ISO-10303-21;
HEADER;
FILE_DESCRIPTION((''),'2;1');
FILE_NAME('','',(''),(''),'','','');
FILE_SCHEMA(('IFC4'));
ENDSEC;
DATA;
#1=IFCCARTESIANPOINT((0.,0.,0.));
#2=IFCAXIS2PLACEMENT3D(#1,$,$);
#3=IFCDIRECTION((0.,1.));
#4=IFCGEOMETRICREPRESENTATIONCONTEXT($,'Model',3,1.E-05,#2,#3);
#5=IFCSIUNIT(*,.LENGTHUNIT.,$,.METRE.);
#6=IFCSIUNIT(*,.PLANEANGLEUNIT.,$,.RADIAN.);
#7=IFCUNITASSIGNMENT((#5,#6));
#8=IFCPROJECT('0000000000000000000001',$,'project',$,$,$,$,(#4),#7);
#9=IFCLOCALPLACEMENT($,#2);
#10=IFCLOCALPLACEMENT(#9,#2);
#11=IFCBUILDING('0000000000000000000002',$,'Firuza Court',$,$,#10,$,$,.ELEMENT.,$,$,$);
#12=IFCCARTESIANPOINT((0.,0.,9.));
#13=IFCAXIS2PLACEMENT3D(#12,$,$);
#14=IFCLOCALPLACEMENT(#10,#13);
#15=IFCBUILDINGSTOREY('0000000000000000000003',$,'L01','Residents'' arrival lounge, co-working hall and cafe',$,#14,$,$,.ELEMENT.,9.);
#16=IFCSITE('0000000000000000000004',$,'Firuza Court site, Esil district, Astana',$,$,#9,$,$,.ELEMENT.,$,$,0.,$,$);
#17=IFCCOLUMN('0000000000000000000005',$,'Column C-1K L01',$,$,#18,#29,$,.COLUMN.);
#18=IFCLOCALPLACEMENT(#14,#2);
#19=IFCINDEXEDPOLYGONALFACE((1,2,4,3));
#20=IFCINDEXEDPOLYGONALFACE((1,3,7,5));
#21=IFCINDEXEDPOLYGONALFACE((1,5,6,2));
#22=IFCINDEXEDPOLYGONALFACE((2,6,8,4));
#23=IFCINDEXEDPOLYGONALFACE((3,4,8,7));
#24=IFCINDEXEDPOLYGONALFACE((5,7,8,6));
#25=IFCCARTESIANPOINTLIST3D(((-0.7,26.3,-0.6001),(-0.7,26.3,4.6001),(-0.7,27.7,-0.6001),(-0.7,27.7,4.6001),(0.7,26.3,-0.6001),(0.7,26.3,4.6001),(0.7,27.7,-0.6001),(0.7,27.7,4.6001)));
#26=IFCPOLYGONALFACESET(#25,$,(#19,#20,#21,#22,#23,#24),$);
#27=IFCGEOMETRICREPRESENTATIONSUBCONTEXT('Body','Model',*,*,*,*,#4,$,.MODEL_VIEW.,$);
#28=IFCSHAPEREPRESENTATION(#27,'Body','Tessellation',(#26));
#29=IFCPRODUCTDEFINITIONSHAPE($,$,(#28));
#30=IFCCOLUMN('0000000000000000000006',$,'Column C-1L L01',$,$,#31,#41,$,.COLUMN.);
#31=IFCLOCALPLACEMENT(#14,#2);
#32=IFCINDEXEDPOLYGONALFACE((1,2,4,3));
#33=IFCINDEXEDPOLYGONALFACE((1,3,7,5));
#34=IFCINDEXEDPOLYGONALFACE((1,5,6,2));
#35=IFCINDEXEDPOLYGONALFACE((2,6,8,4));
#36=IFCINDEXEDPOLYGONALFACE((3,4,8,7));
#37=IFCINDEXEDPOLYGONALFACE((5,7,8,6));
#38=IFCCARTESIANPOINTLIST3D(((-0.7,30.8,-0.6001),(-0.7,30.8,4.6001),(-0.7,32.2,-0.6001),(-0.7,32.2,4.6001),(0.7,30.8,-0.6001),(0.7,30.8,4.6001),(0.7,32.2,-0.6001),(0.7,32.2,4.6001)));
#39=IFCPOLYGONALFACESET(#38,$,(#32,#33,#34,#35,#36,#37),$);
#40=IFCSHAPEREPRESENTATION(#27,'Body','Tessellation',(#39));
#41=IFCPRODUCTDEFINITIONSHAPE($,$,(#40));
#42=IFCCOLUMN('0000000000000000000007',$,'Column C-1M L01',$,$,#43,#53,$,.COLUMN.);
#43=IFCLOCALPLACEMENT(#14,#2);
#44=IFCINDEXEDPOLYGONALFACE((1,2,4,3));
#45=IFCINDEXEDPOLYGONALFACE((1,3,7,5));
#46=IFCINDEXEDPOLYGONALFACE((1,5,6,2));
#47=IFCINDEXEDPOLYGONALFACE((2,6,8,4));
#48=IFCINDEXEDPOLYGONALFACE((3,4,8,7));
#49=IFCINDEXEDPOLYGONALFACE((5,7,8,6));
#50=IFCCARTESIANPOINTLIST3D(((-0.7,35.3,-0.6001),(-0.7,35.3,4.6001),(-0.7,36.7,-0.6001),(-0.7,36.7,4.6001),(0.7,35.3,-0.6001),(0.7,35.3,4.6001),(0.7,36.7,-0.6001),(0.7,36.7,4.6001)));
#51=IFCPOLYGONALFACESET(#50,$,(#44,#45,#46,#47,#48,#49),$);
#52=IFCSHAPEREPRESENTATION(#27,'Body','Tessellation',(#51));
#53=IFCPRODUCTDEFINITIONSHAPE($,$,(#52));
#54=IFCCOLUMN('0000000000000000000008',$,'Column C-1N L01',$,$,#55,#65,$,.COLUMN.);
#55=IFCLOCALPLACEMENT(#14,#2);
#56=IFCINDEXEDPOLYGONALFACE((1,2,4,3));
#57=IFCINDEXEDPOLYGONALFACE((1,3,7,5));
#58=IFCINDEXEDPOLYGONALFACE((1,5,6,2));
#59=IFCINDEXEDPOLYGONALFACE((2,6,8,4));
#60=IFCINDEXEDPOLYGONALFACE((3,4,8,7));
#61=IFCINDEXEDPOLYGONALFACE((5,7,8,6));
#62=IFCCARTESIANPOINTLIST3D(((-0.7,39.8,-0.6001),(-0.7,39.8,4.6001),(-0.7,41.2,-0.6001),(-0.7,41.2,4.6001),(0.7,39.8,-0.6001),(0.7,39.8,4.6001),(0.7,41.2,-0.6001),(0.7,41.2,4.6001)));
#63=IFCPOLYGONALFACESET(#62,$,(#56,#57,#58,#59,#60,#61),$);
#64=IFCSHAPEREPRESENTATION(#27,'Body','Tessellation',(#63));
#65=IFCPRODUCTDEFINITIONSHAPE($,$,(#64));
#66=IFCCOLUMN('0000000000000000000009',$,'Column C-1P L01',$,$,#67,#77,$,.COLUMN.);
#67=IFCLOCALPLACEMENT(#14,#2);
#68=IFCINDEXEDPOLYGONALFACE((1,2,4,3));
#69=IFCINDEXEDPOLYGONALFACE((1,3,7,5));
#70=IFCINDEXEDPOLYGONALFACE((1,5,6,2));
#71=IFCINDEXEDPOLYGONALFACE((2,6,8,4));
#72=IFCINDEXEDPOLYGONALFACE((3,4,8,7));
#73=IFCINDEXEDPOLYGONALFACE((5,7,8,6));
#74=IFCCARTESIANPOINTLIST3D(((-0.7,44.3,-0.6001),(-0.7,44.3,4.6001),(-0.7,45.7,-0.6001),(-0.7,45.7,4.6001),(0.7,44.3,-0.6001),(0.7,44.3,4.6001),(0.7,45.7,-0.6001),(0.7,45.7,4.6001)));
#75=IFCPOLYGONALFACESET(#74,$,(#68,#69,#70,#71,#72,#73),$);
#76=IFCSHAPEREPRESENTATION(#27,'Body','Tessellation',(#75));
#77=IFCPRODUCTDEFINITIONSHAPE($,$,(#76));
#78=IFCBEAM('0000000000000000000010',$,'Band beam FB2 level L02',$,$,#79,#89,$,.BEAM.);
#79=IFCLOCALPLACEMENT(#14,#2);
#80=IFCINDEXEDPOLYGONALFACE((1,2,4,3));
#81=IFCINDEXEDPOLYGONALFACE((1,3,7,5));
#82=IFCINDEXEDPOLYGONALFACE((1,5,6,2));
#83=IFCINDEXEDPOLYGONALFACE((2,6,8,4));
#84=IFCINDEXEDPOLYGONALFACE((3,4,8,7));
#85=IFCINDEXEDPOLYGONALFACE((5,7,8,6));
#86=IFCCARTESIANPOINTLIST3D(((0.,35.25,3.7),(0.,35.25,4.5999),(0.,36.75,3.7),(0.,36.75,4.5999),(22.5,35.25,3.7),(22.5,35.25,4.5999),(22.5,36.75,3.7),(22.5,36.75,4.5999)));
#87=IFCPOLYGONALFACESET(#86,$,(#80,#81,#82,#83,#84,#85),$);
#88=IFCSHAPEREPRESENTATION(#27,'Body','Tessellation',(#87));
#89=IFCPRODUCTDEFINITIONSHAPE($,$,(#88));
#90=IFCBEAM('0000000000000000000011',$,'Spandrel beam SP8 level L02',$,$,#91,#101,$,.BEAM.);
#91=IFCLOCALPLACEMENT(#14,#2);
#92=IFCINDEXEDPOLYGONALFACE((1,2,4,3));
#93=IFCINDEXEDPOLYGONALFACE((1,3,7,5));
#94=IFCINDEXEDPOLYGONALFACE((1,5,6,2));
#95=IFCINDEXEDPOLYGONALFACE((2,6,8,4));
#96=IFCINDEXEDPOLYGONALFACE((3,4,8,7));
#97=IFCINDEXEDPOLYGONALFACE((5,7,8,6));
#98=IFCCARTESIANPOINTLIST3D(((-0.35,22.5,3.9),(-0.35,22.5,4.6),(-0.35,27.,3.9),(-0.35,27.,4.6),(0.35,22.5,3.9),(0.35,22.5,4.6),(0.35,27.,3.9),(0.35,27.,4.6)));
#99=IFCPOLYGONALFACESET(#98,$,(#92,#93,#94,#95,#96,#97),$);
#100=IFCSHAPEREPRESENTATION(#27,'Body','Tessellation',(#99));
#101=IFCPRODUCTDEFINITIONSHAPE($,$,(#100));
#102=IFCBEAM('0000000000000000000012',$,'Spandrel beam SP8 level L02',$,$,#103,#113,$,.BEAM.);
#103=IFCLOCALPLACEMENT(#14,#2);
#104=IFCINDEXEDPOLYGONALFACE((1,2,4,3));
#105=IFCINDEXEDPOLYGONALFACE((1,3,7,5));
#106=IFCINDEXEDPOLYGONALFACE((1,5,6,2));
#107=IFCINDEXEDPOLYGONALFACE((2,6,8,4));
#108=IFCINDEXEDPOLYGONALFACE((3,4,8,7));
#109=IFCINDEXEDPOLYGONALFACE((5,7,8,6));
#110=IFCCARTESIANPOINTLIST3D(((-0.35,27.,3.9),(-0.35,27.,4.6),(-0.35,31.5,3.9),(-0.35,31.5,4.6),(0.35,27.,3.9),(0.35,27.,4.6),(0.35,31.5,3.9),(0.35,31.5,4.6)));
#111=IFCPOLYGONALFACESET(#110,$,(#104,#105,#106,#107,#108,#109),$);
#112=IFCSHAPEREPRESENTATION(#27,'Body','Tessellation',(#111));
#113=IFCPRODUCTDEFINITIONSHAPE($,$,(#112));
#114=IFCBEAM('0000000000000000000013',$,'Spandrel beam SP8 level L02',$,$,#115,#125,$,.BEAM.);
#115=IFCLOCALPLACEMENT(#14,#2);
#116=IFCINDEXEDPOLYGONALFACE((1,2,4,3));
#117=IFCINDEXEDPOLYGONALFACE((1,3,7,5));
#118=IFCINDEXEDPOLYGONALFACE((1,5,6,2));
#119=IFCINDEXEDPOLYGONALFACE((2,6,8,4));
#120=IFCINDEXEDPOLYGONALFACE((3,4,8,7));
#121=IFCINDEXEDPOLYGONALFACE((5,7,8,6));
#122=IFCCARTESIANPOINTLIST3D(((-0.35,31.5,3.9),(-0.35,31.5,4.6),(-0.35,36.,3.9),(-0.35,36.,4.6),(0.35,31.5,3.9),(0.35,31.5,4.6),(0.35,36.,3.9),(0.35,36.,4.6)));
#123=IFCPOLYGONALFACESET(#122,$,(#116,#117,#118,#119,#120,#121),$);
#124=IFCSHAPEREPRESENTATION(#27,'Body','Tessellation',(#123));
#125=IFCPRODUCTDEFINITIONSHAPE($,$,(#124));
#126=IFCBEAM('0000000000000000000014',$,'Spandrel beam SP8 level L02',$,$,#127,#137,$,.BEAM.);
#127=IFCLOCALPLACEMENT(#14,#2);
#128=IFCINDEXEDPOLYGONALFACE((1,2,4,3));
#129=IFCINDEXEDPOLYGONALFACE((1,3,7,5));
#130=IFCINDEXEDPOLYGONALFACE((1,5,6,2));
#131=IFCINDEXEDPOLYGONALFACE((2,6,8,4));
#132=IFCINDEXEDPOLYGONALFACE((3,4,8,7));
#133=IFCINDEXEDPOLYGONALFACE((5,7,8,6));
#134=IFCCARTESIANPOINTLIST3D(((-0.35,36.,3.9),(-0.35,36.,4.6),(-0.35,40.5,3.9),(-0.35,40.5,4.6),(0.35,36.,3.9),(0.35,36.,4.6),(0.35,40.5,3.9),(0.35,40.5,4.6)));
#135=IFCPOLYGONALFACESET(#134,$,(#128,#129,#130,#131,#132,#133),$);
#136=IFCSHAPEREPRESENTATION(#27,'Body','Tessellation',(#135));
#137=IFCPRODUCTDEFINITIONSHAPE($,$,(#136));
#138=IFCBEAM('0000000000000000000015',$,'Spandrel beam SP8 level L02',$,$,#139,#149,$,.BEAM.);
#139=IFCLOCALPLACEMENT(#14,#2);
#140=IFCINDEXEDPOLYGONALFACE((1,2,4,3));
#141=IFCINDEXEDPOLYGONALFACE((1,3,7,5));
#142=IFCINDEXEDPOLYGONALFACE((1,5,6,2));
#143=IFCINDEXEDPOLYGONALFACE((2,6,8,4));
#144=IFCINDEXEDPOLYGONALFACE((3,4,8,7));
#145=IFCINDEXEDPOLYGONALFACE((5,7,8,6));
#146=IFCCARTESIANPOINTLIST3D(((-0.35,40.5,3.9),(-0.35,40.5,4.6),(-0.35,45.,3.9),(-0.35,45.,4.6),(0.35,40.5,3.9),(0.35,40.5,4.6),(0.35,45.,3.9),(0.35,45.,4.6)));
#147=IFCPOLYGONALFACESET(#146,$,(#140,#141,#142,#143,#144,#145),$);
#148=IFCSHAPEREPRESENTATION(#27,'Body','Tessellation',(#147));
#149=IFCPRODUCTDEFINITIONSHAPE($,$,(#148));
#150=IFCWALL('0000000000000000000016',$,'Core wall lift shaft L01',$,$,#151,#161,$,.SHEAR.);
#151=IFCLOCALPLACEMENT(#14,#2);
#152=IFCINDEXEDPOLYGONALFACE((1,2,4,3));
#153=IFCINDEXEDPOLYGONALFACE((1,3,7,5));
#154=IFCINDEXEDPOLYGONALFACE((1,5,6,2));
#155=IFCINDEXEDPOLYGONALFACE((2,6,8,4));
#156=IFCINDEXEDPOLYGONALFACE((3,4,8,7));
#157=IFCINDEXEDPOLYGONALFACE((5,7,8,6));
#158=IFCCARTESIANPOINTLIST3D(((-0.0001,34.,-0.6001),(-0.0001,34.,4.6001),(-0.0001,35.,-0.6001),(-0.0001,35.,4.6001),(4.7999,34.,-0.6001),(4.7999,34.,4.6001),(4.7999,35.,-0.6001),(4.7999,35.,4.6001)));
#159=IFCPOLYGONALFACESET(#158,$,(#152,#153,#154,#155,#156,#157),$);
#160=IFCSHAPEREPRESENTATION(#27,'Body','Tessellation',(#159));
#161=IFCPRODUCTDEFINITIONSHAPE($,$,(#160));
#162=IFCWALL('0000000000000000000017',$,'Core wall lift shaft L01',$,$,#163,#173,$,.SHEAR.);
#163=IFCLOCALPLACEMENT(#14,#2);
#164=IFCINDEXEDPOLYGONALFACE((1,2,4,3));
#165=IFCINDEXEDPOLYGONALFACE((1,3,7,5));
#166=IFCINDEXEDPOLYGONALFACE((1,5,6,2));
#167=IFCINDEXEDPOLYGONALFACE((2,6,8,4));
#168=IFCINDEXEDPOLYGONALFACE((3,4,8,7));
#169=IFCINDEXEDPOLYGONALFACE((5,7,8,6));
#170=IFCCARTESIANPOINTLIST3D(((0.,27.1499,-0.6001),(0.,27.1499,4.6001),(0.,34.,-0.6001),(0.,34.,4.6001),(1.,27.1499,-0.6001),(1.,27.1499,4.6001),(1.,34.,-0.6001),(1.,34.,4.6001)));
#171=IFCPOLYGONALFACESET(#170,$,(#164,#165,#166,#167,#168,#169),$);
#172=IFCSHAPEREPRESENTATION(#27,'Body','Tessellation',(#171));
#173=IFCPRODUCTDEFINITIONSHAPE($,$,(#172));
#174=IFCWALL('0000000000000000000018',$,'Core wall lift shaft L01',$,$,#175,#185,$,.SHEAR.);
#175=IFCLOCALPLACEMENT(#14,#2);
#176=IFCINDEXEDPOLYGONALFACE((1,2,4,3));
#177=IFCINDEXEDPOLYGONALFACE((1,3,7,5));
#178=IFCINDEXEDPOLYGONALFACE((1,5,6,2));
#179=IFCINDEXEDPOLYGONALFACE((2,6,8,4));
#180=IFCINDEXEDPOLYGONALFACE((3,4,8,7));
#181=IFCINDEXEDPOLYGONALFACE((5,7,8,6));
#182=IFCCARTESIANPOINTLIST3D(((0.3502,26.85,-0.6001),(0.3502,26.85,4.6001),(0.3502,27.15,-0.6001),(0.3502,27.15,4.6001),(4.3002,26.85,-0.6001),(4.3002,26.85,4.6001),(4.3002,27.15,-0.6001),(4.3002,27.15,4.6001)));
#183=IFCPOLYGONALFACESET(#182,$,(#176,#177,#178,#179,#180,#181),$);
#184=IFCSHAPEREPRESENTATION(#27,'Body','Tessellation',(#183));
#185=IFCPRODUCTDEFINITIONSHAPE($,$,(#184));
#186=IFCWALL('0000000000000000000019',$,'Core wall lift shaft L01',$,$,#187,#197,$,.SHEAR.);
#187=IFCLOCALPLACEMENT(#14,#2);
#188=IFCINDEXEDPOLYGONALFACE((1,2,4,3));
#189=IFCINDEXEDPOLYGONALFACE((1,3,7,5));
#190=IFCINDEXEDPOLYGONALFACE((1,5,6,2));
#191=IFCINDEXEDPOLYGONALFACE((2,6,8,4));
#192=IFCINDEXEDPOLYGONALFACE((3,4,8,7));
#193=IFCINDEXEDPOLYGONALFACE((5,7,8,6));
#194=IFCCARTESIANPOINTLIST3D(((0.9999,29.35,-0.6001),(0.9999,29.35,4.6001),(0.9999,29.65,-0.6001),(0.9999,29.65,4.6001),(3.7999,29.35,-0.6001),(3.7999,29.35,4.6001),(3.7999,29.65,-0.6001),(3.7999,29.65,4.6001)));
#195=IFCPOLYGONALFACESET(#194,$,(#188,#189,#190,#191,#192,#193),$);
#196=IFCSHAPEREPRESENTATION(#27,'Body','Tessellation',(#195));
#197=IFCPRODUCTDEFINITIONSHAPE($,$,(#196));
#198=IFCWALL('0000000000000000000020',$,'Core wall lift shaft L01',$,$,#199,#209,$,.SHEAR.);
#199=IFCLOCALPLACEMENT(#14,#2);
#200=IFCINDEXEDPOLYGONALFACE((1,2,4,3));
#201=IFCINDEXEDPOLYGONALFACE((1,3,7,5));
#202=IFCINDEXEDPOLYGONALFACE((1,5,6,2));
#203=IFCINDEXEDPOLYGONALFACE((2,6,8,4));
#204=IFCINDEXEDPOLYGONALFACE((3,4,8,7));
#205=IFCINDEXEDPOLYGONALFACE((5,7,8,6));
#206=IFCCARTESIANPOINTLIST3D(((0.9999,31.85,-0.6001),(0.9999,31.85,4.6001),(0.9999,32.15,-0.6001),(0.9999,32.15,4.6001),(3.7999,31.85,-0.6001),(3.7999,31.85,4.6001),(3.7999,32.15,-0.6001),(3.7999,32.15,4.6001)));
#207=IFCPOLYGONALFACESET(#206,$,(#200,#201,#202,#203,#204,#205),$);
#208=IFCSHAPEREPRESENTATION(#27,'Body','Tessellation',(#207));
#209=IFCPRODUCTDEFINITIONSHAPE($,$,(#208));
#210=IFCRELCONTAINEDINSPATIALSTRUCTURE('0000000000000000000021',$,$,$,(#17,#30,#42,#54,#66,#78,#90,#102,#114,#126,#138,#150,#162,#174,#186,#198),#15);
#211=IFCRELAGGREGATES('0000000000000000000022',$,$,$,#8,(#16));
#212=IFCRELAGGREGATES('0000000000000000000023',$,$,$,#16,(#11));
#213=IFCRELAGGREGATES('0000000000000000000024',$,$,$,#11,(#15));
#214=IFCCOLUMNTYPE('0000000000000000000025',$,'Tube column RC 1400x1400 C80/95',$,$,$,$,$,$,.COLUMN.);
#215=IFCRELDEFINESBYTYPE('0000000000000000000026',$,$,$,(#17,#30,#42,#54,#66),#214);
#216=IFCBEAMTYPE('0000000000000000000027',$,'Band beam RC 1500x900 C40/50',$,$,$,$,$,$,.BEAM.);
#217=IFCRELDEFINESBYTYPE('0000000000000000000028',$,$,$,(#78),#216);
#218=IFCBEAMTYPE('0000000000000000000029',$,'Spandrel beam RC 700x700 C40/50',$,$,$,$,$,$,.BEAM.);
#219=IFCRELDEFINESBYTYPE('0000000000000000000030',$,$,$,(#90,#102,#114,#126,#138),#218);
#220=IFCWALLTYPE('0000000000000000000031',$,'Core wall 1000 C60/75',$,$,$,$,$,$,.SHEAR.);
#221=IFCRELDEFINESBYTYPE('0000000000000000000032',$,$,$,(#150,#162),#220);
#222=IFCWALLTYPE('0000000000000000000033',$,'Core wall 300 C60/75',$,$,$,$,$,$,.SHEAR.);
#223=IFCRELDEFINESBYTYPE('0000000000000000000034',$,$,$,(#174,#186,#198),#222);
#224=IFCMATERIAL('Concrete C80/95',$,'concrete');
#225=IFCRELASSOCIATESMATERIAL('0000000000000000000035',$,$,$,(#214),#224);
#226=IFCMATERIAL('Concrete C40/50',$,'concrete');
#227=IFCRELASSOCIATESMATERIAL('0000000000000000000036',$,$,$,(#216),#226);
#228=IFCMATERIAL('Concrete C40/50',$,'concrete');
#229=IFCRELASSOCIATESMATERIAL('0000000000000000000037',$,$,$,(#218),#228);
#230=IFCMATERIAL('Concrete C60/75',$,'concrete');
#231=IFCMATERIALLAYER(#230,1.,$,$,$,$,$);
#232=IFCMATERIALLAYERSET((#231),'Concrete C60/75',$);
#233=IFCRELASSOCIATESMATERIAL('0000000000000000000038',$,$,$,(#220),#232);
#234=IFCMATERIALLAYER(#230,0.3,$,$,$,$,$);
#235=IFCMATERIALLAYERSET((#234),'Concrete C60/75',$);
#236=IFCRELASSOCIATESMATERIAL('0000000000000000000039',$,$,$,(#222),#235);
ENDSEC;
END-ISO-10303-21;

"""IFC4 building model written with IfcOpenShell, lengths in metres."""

from ifc_helpers import new_model, si_unit, direction, frame, frame_2d, origin, origin_2d, place, context, subcontext, project, spatial, rectangle, extrude, material, layer, layer_set, material_profile, profile_set, type_object, element, save


model = new_model("IFC4")

# Units and contexts
model_context = context("Model", 3, precision=1e-05, world=origin(), true_north=direction((0.0, 1.0)))
body_context = subcontext(model_context, "Body", "Model", "MODEL_VIEW")
ifc_project = project(units=[si_unit("LENGTHUNIT", "METRE"), si_unit("PLANEANGLEUNIT", "RADIAN")], contexts=[model_context])

# Site, building, storey
site_placement = place(None, origin())
site = spatial("IfcSite", under=ifc_project, at=site_placement, Name="Firuza Court site, Esil district, Astana", CompositionType="ELEMENT", RefElevation=0.0)
building_placement = place(site_placement, origin())
building = spatial("IfcBuilding", under=site, at=building_placement, Name="Firuza Court", CompositionType="ELEMENT")
storey_placement = place(building_placement, frame((0.0, 0.0, 9.0)))
storey = spatial("IfcBuildingStorey", under=building, at=storey_placement, Name="L01", Description="Residents' arrival lounge, co-working hall and cafe", CompositionType="ELEMENT", Elevation=9.0)

# Columns
ifc_material_1 = material(Name="Concrete C80/95", Category="concrete")
ifc_material_profile_1 = material_profile(ifc_material_1, rectangle(XDim=1.3999, YDim=1.3999, at=origin_2d()), Name="RC 1400x1400")
ifc_profile_set_1 = profile_set([ifc_material_profile_1], Name="Concrete C80/95")
column_type = type_object("IfcColumnType", Name="Tube column RC 1400x1400 C80/95", PredefinedType="COLUMN", material=ifc_profile_set_1)
for number, where, z_axis, x_axis, name in (
    (1, (0.0, 27.0, -0.6001), (0.0, 0.0, 1.0), (1.0, 0.0, 0.0), "Column C-1K L01"),
    (2, (0.0, 31.5, -0.6001), (0.0, 0.0, 1.0), (1.0, 0.0, 0.0), "Column C-1L L01"),
    (3, (0.0, 36.0, -0.6001), (0.0, 0.0, 1.0), (1.0, 0.0, 0.0), "Column C-1M L01"),
    (4, (0.0, 40.5, -0.6001), (0.0, 0.0, 1.0), (1.0, 0.0, 0.0), "Column C-1N L01"),
    (5, (0.0, 45.0, -0.6001), (0.0, 0.0, 1.0), (1.0, 0.0, 0.0), "Column C-1P L01"),
):
    element("IfcColumn", number, at=place(storey_placement, frame(where, z_axis=z_axis, x_axis=x_axis)), inside=storey, type_object=column_type, Name=name, PredefinedType="COLUMN", context=body_context, shape_type="SweptSolid", body=[
        extrude(rectangle(XDim=1.3999, YDim=1.3999, at=origin_2d()), origin(), (0.0, 0.0, 1.0), 5.2002),
    ])

# Beams
ifc_material_2 = material(Name="Concrete C40/50", Category="concrete")
ifc_material_profile_2 = material_profile(ifc_material_2, rectangle(XDim=1.5, YDim=0.8999, at=origin_2d()), Name="RC 1500x900")
ifc_profile_set_2 = profile_set([ifc_material_profile_2], Name="Concrete C40/50")
beam_type_1 = type_object("IfcBeamType", Name="Band beam RC 1500x900 C40/50", PredefinedType="BEAM", material=ifc_profile_set_2)
beam_placement = place(storey_placement, frame((0.0, 36.0, 4.1499), z_axis=(1.0, 0.0, 0.0), x_axis=(0.0, 1.0, 0.0)))
element("IfcBeam", 6, at=beam_placement, inside=storey, type_object=beam_type_1, Name="Band beam FB2 level L02", PredefinedType="BEAM", context=body_context, shape_type="SweptSolid", body=[
    extrude(rectangle(XDim=1.5, YDim=0.8999, at=origin_2d()), origin(), (0.0, 0.0, 1.0), 22.5),
])
ifc_material_3 = material(Name="Concrete C40/50", Category="concrete")
ifc_material_profile_3 = material_profile(ifc_material_3, rectangle(XDim=0.7, YDim=0.7, at=origin_2d()), Name="RC 700x700")
ifc_profile_set_3 = profile_set([ifc_material_profile_3], Name="Concrete C40/50")
beam_type_2 = type_object("IfcBeamType", Name="Spandrel beam RC 700x700 C40/50", PredefinedType="BEAM", material=ifc_profile_set_3)
for number, where, z_axis, x_axis, name in (
    (7, (0.0, 27.0, 4.25), (0.0, -1.0, 0.0), (1.0, 0.0, 0.0), "Spandrel beam SP8 level L02"),
    (8, (0.0, 31.5, 4.25), (0.0, -1.0, 0.0), (1.0, 0.0, 0.0), "Spandrel beam SP8 level L02"),
    (9, (0.0, 36.0, 4.25), (0.0, -1.0, 0.0), (1.0, 0.0, 0.0), "Spandrel beam SP8 level L02"),
    (10, (0.0, 40.5, 4.25), (0.0, -1.0, 0.0), (1.0, 0.0, 0.0), "Spandrel beam SP8 level L02"),
    (11, (0.0, 45.0, 4.25), (0.0, -1.0, 0.0), (1.0, 0.0, 0.0), "Spandrel beam SP8 level L02"),
):
    element("IfcBeam", number, at=place(storey_placement, frame(where, z_axis=z_axis, x_axis=x_axis)), inside=storey, type_object=beam_type_2, Name=name, PredefinedType="BEAM", context=body_context, shape_type="SweptSolid", body=[
        extrude(rectangle(XDim=0.7, YDim=0.7, at=origin_2d()), origin(), (0.0, 0.0, 1.0), 4.5),
    ])

# Walls
ifc_material_4 = material(Name="Concrete C60/75", Category="concrete")
ifc_layer_1 = layer(ifc_material_4, 1.0)
ifc_layer_set_1 = layer_set([ifc_layer_1], Name="Concrete C60/75")
wall_type_1 = type_object("IfcWallType", Name="Core wall 1000 C60/75", PredefinedType="SHEAR", material=ifc_layer_set_1)
wall_1_placement = place(storey_placement, frame((0.0, 34.5, -0.6001), z_axis=(0.0, 0.0, 1.0), x_axis=(1.0, 0.0, 0.0)))
element("IfcWall", 12, at=wall_1_placement, inside=storey, type_object=wall_type_1, Name="Core wall lift shaft L01", PredefinedType="SHEAR", context=body_context, shape_type="SweptSolid", body=[
    extrude(rectangle(XDim=4.8, YDim=1.0, at=frame_2d((2.3999, 0.0))), origin(), (0.0, 0.0, 1.0), 5.2002),
])
wall_2_placement = place(storey_placement, frame((0.5, 27.1499, -0.6001), z_axis=(0.0, 0.0, 1.0), x_axis=(0.0, 1.0, 0.0)))
element("IfcWall", 13, at=wall_2_placement, inside=storey, type_object=wall_type_1, Name="Core wall lift shaft L01", PredefinedType="SHEAR", context=body_context, shape_type="SweptSolid", body=[
    extrude(rectangle(XDim=6.8501, YDim=1.0, at=frame_2d((3.425, 0.0))), origin(), (0.0, 0.0, 1.0), 5.2002),
])
ifc_layer_2 = layer(ifc_material_4, 0.3)
ifc_layer_set_2 = layer_set([ifc_layer_2], Name="Concrete C60/75")
wall_type_2 = type_object("IfcWallType", Name="Core wall 300 C60/75", PredefinedType="SHEAR", material=ifc_layer_set_2)
wall_3_placement = place(storey_placement, frame((0.3501, 27.0, -0.6001), z_axis=(0.0, 0.0, 1.0), x_axis=(1.0, 0.0, 0.0)))
element("IfcWall", 14, at=wall_3_placement, inside=storey, type_object=wall_type_2, Name="Core wall lift shaft L01", PredefinedType="SHEAR", context=body_context, shape_type="SweptSolid", body=[
    extrude(rectangle(XDim=3.95, YDim=0.3, at=frame_2d((1.9751, 0.0))), origin(), (0.0, 0.0, 1.0), 5.2002),
])
for number, where, z_axis, x_axis, name in (
    (15, (1.0, 29.5, -0.6001), (0.0, 0.0, 1.0), (1.0, 0.0, 0.0), "Core wall lift shaft L01"),
    (16, (1.0, 32.0, -0.6001), (0.0, 0.0, 1.0), (1.0, 0.0, 0.0), "Core wall lift shaft L01"),
):
    element("IfcWall", number, at=place(storey_placement, frame(where, z_axis=z_axis, x_axis=x_axis)), inside=storey, type_object=wall_type_2, Name=name, PredefinedType="SHEAR", context=body_context, shape_type="SweptSolid", body=[
        extrude(rectangle(XDim=2.8, YDim=0.3, at=frame_2d((1.3999, 0.0))), origin(), (0.0, 0.0, 1.0), 5.2002),
    ])

save(model, "model.ifc")
